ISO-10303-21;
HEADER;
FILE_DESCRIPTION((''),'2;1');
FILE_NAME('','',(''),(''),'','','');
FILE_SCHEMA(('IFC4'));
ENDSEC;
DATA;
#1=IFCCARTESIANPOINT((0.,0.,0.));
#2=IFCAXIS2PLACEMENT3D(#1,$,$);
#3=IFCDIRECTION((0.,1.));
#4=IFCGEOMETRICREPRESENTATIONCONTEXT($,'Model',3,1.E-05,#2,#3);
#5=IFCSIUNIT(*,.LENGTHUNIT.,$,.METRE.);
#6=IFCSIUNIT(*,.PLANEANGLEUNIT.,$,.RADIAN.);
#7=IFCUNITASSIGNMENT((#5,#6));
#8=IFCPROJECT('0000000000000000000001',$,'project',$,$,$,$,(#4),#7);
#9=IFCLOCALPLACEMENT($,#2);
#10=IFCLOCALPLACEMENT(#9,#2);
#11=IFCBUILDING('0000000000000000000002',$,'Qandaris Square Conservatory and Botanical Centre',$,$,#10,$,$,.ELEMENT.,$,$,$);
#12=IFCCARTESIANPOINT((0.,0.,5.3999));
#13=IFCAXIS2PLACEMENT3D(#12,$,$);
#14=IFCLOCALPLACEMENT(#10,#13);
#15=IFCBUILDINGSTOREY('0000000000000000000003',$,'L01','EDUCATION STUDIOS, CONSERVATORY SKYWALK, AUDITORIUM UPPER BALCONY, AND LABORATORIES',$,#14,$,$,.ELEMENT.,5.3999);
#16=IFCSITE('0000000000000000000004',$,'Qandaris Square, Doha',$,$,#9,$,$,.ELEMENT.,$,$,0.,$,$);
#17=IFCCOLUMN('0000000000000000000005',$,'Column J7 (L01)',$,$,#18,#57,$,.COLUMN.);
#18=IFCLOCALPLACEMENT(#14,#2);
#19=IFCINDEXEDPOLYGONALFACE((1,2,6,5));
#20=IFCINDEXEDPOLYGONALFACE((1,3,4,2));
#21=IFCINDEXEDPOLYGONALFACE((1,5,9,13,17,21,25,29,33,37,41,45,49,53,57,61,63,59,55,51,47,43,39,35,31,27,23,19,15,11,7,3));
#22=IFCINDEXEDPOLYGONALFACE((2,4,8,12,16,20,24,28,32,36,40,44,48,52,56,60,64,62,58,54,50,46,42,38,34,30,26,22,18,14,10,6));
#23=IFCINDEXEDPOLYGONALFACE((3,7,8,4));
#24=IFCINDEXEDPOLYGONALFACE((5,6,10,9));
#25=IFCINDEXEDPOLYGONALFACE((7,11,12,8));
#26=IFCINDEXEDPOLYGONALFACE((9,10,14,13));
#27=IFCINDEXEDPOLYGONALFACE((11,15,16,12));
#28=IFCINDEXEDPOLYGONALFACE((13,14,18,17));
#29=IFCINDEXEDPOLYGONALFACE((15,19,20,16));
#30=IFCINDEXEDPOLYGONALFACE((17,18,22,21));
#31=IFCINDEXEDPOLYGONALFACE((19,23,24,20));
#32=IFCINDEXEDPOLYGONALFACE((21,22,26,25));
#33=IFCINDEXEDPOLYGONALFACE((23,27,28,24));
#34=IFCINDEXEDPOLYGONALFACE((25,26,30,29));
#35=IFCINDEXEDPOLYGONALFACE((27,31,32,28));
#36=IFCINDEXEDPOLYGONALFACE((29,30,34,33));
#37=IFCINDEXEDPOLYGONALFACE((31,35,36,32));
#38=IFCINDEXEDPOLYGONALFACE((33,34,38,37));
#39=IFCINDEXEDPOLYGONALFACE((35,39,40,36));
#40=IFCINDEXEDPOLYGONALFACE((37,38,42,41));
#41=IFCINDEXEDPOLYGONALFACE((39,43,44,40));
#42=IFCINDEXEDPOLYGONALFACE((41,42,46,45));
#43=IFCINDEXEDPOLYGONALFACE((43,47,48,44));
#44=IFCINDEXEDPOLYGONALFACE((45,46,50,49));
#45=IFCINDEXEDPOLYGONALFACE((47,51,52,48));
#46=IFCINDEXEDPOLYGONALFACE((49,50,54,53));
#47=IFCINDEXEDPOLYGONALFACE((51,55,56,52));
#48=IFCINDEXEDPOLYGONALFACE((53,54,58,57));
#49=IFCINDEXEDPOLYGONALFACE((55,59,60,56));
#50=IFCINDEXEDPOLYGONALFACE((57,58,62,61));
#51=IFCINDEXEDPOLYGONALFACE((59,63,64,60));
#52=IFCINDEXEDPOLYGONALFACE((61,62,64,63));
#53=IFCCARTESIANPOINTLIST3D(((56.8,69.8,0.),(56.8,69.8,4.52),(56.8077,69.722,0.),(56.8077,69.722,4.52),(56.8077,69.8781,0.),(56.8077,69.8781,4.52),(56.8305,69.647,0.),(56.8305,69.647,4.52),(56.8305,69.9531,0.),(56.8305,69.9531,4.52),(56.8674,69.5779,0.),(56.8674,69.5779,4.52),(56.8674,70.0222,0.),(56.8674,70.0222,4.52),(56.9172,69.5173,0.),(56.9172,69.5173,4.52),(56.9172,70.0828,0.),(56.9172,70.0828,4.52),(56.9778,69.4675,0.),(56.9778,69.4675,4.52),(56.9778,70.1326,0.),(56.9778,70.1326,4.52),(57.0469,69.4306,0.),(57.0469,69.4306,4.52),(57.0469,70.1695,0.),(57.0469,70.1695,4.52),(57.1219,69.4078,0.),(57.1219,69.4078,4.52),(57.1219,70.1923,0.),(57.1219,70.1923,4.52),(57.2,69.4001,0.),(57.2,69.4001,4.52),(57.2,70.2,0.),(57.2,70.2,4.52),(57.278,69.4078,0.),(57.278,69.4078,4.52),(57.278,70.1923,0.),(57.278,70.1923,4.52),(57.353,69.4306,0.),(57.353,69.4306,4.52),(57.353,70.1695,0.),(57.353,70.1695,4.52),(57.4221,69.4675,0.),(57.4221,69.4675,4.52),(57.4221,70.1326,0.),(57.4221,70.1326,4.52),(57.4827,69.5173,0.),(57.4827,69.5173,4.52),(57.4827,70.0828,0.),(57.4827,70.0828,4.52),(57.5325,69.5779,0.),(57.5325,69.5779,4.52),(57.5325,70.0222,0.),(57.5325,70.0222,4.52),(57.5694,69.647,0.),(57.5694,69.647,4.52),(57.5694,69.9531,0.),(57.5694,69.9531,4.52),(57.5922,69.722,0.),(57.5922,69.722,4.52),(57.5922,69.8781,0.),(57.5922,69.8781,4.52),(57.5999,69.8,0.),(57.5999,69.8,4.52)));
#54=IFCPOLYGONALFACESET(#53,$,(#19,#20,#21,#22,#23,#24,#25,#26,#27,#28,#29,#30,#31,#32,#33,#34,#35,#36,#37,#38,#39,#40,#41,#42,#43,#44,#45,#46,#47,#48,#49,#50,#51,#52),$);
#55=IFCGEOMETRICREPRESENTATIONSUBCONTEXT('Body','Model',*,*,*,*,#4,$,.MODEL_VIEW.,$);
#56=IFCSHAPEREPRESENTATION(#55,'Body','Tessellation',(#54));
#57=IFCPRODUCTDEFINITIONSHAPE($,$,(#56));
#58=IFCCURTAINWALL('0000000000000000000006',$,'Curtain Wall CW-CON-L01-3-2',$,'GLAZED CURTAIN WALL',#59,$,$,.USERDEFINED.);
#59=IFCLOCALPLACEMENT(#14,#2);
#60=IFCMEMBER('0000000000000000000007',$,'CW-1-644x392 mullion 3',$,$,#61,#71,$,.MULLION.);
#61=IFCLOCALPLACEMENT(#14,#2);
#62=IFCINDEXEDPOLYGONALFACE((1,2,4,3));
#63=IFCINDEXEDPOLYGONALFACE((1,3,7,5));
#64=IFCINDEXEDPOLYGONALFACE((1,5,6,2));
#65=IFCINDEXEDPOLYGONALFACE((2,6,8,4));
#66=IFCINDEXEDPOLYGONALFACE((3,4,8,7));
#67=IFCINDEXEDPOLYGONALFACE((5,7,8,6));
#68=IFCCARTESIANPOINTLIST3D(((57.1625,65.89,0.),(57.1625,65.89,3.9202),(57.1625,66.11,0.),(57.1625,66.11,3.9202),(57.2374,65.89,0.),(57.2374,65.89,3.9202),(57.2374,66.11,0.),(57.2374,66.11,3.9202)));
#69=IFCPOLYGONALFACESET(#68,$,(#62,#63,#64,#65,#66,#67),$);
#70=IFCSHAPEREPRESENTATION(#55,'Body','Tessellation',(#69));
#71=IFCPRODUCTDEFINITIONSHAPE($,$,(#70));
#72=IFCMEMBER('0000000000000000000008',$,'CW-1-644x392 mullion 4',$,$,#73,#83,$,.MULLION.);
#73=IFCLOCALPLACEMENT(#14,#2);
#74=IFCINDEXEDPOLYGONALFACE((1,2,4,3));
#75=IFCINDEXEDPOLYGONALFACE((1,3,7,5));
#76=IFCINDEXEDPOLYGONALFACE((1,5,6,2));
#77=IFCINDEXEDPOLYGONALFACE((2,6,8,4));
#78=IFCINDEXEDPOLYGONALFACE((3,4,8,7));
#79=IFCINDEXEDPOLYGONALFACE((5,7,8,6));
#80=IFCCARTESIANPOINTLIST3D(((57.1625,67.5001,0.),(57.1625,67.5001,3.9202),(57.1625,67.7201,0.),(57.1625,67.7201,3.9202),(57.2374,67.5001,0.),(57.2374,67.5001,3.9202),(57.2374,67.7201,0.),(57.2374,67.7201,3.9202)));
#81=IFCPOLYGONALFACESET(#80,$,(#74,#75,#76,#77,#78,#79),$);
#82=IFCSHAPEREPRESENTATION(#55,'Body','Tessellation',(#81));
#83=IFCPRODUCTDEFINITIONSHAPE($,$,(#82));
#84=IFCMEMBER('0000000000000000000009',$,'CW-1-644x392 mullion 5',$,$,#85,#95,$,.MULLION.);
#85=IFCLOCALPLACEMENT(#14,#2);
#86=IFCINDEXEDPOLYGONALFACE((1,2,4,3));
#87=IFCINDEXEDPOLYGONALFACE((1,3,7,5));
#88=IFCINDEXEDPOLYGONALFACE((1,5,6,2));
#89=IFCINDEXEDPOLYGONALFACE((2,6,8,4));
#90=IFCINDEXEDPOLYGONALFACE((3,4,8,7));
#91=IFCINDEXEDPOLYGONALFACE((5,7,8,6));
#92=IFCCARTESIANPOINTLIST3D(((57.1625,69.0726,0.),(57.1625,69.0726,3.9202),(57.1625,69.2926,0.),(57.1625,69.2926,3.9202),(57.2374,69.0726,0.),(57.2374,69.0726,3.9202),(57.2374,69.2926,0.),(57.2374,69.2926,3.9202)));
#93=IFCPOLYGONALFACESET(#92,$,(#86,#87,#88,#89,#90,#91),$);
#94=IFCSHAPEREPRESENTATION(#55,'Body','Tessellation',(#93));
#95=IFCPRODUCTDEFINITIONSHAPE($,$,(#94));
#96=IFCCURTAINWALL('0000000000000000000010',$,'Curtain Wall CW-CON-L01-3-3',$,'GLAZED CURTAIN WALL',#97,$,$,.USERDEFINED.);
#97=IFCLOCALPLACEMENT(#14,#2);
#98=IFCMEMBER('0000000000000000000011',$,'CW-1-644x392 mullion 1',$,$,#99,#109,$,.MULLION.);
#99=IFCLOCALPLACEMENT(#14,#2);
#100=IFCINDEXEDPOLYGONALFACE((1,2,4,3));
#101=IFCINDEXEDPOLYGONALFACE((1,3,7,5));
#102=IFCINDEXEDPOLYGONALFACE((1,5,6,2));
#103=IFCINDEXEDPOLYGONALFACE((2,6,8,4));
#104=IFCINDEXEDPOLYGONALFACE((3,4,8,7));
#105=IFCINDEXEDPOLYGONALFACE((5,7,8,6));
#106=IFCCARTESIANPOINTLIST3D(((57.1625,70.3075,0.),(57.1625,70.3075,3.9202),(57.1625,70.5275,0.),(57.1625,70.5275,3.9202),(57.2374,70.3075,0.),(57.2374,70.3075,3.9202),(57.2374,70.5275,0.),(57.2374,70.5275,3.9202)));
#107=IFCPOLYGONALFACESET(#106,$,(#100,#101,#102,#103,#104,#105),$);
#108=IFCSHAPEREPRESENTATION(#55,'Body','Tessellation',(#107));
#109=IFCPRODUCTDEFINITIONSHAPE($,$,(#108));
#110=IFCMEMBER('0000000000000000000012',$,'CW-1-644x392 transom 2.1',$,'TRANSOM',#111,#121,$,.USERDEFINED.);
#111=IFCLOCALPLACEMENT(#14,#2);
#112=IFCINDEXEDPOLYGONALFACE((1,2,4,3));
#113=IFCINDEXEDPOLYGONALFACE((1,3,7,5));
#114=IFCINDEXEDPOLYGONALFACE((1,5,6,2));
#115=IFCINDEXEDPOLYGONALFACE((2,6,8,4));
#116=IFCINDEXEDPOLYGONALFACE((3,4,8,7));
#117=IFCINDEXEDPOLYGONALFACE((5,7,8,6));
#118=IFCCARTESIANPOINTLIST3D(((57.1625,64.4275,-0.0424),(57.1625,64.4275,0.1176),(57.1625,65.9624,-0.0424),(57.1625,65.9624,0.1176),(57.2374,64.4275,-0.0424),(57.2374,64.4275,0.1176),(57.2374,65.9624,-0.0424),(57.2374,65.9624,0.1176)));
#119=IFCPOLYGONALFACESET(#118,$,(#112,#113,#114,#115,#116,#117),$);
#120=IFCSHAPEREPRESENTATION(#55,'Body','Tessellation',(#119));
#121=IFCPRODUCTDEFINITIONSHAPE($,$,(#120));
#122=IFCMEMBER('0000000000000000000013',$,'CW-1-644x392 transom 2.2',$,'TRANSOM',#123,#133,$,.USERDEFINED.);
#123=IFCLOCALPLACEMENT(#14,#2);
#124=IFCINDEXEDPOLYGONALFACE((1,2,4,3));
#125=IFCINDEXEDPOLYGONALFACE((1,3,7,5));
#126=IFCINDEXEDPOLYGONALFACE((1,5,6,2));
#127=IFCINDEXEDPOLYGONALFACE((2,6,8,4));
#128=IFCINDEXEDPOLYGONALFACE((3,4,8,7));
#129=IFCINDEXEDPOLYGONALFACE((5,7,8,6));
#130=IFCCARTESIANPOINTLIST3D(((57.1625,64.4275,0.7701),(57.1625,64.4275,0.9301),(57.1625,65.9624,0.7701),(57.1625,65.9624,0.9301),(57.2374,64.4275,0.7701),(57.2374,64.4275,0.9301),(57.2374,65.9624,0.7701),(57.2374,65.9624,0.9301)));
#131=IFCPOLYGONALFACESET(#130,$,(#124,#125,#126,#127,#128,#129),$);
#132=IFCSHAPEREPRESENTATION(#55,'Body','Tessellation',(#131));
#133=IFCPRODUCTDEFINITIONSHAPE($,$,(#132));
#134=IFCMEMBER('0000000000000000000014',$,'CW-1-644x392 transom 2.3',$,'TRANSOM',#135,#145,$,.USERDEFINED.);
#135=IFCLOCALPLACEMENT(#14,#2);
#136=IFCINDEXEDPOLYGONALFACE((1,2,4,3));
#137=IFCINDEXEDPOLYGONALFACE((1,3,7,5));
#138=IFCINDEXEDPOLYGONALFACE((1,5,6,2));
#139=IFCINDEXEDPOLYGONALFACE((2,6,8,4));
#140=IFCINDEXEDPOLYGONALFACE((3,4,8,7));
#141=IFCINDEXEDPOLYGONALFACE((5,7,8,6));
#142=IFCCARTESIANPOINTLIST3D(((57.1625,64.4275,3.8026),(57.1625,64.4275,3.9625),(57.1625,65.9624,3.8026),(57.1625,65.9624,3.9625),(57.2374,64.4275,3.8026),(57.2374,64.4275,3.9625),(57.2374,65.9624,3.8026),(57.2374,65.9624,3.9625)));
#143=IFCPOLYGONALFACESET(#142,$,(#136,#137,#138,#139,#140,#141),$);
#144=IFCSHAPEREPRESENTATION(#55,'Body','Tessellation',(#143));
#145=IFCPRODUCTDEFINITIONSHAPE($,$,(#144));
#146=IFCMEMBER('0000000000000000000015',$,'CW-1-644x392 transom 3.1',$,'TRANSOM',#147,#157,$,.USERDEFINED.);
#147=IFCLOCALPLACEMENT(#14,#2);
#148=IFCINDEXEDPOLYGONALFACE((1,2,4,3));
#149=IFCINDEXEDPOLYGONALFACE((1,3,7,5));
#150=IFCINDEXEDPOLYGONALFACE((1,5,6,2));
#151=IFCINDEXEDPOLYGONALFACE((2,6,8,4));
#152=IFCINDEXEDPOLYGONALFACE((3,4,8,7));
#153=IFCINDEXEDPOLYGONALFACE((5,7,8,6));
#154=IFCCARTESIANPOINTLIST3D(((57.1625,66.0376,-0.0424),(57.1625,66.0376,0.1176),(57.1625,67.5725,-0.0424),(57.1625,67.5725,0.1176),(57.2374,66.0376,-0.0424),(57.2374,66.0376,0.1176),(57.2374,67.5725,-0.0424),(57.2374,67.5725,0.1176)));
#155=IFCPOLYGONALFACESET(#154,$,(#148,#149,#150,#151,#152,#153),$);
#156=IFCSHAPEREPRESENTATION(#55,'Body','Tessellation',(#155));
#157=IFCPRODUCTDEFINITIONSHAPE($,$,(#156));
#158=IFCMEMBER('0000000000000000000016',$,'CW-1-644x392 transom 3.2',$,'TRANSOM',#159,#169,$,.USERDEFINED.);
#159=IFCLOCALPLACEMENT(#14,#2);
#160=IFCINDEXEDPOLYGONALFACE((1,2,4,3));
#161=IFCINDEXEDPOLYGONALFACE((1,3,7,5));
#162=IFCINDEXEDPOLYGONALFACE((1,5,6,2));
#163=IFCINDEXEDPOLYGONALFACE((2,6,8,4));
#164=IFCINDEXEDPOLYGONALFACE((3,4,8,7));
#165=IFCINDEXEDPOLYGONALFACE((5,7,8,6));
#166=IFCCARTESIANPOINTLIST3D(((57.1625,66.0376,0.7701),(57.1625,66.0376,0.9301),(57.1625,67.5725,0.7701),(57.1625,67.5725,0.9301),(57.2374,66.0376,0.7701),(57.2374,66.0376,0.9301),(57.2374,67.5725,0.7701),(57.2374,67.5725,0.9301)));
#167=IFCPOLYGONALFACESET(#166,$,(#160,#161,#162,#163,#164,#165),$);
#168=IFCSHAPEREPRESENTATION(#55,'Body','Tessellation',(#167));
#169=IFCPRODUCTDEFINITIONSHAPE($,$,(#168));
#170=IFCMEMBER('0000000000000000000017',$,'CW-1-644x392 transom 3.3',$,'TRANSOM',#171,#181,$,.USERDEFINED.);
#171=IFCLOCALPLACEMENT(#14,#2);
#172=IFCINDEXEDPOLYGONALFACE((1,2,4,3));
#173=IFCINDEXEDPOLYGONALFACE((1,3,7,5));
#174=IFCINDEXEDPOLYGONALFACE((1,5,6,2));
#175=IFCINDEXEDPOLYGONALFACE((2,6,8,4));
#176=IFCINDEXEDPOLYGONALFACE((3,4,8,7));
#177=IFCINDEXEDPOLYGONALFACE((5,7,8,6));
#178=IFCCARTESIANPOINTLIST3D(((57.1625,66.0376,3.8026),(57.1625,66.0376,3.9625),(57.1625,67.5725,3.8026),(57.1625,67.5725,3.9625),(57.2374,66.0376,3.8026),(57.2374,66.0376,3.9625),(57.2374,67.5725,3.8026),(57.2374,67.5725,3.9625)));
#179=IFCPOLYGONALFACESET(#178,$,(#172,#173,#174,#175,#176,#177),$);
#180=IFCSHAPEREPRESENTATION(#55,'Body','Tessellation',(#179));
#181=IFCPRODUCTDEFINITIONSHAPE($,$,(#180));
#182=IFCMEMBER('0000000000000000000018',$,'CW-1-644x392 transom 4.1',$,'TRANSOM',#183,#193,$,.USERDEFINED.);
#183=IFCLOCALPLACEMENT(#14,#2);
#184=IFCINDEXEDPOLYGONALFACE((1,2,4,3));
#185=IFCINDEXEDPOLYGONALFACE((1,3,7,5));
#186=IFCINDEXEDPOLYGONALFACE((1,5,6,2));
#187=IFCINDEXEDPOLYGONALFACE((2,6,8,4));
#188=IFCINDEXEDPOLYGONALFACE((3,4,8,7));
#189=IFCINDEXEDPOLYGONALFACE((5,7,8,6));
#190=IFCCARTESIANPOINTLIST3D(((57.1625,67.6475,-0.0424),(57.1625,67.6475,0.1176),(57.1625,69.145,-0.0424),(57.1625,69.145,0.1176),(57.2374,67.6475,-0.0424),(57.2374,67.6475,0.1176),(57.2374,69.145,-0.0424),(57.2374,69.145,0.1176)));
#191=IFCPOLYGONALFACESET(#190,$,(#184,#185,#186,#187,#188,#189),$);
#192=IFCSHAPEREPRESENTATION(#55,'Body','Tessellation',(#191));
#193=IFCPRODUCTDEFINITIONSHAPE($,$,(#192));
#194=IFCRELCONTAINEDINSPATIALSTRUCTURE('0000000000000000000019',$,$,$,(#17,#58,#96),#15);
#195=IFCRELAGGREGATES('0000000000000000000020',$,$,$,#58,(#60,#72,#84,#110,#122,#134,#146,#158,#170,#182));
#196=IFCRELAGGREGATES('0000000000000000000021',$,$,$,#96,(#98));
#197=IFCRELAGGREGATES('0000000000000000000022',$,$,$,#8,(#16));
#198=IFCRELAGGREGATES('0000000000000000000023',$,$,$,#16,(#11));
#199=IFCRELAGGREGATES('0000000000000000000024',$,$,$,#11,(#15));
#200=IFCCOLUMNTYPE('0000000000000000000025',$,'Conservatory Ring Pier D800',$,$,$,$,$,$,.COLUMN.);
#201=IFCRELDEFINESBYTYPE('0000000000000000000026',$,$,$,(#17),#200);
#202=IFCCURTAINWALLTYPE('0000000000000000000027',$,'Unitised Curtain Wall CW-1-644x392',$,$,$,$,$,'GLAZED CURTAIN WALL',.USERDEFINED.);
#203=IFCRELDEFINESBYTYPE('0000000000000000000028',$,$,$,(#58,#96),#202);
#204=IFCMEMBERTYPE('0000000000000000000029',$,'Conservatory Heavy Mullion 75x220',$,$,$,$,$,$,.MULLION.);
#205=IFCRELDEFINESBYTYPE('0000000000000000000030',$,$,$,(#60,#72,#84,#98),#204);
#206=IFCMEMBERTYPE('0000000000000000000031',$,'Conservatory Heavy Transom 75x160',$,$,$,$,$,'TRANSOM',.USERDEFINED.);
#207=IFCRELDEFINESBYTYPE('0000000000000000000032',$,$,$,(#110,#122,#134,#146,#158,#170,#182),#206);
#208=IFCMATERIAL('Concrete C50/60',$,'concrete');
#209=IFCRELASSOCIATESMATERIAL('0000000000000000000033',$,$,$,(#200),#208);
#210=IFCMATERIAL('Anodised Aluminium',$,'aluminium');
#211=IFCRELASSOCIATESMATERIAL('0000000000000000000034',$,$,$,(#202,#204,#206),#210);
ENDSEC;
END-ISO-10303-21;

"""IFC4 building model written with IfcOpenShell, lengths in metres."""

from ifc_helpers import new_model, si_unit, direction, frame, origin, origin_2d, place, context, subcontext, project, spatial, rectangle, circle, extrude, material, material_profile, profile_set, type_object, element, aggregate, save


model = new_model("IFC4")

# Units and contexts
model_context = context("Model", 3, precision=1e-05, world=origin(), true_north=direction((0.0, 1.0)))
body_context = subcontext(model_context, "Body", "Model", "MODEL_VIEW")
ifc_project = project(units=[si_unit("LENGTHUNIT", "METRE"), si_unit("PLANEANGLEUNIT", "RADIAN")], contexts=[model_context])

# Site, building, storey
site_placement = place(None, origin())
site = spatial("IfcSite", under=ifc_project, at=site_placement, Name="Qandaris Square, Doha", CompositionType="ELEMENT", RefElevation=0.0)
building_placement = place(site_placement, origin())
building = spatial("IfcBuilding", under=site, at=building_placement, Name="Qandaris Square Conservatory and Botanical Centre", CompositionType="ELEMENT")
storey_placement = place(building_placement, frame((0.0, 0.0, 5.3999)))
storey = spatial("IfcBuildingStorey", under=building, at=storey_placement, Name="L01", Description="EDUCATION STUDIOS, CONSERVATORY SKYWALK, AUDITORIUM UPPER BALCONY, AND LABORATORIES", CompositionType="ELEMENT", Elevation=5.3999)

# Column
ifc_material_1 = material(Name="Concrete C50/60", Category="concrete")
ifc_material_profile_1 = material_profile(ifc_material_1, circle(Radius=0.3999, at=origin_2d()), Name="RC-COL D800")
ifc_profile_set_1 = profile_set([ifc_material_profile_1], Name="Concrete C50/60")
column_type = type_object("IfcColumnType", Name="Conservatory Ring Pier D800", PredefinedType="COLUMN", material=ifc_profile_set_1)
column_placement = place(storey_placement, frame((57.2, 69.8, 0.0), z_axis=(0.0, 0.0, 1.0), x_axis=(1.0, 0.0, 0.0)))
element("IfcColumn", 1, at=column_placement, inside=storey, type_object=column_type, Name="Column J7 (L01)", PredefinedType="COLUMN", context=body_context, shape_type="SweptSolid", body=[
    extrude(circle(Radius=0.3999, at=origin_2d()), origin(), (0.0, 0.0, 1.0), 4.52),
])

# Curtain wall, members
ifc_material_2 = material(Name="Anodised Aluminium", Category="aluminium")
curtain_wall_type = type_object("IfcCurtainWallType", Name="Unitised Curtain Wall CW-1-644x392", ElementType="GLAZED CURTAIN WALL", PredefinedType="USERDEFINED", material=ifc_material_2)
curtain_wall_1_placement = place(storey_placement, origin())
curtain_wall_1 = element("IfcCurtainWall", 2, at=curtain_wall_1_placement, inside=storey, type_object=curtain_wall_type, Name="Curtain Wall CW-CON-L01-3-2", ObjectType="GLAZED CURTAIN WALL", PredefinedType="USERDEFINED")
ifc_material_profile_2 = material_profile(ifc_material_2, rectangle(XDim=0.075, YDim=0.22, at=origin_2d()), Name="ALU-MUL 75x220")
ifc_profile_set_2 = profile_set([ifc_material_profile_2], Name="Anodised Aluminium")
member_type_1 = type_object("IfcMemberType", Name="Conservatory Heavy Mullion 75x220", PredefinedType="MULLION", material=ifc_profile_set_2)
member_1_placement = place(storey_placement, frame((57.2, 66.0, 0.0), z_axis=(0.0, 0.0, 1.0), x_axis=(-1.0, 0.0, 0.0)))
member_1 = element("IfcMember", 3, at=member_1_placement, type_object=member_type_1, Name="CW-1-644x392 mullion 3", PredefinedType="MULLION", context=body_context, shape_type="SweptSolid", body=[
    extrude(rectangle(XDim=0.075, YDim=0.22, at=origin_2d()), origin(), (0.0, 0.0, 1.0), 3.9202),
])
member_2_placement = place(storey_placement, frame((57.2, 67.6101, 0.0), z_axis=(0.0, 0.0, 1.0), x_axis=(-1.0, 0.0, 0.0)))
member_2 = element("IfcMember", 4, at=member_2_placement, type_object=member_type_1, Name="CW-1-644x392 mullion 4", PredefinedType="MULLION", context=body_context, shape_type="SweptSolid", body=[
    extrude(rectangle(XDim=0.075, YDim=0.22, at=origin_2d()), origin(), (0.0, 0.0, 1.0), 3.9202),
])
member_3_placement = place(storey_placement, frame((57.2, 69.1826, 0.0), z_axis=(0.0, 0.0, 1.0), x_axis=(-1.0, 0.0, 0.0)))
member_3 = element("IfcMember", 5, at=member_3_placement, type_object=member_type_1, Name="CW-1-644x392 mullion 5", PredefinedType="MULLION", context=body_context, shape_type="SweptSolid", body=[
    extrude(rectangle(XDim=0.075, YDim=0.22, at=origin_2d()), origin(), (0.0, 0.0, 1.0), 3.9202),
])

# Curtain wall, member
curtain_wall_2_placement = place(storey_placement, origin())
curtain_wall_2 = element("IfcCurtainWall", 6, at=curtain_wall_2_placement, inside=storey, type_object=curtain_wall_type, Name="Curtain Wall CW-CON-L01-3-3", ObjectType="GLAZED CURTAIN WALL", PredefinedType="USERDEFINED")
member_4_placement = place(storey_placement, frame((57.2, 70.4175, 0.0), z_axis=(0.0, 0.0, 1.0), x_axis=(-1.0, 0.0, 0.0)))
member_4 = element("IfcMember", 7, at=member_4_placement, type_object=member_type_1, Name="CW-1-644x392 mullion 1", PredefinedType="MULLION", context=body_context, shape_type="SweptSolid", body=[
    extrude(rectangle(XDim=0.075, YDim=0.22, at=origin_2d()), origin(), (0.0, 0.0, 1.0), 3.9202),
])

# Members
ifc_material_profile_3 = material_profile(ifc_material_2, rectangle(XDim=0.075, YDim=0.1599, at=origin_2d()), Name="ALU-TRN 75x160")
ifc_profile_set_3 = profile_set([ifc_material_profile_3], Name="Anodised Aluminium")
member_type_2 = type_object("IfcMemberType", Name="Conservatory Heavy Transom 75x160", ElementType="TRANSOM", PredefinedType="USERDEFINED", material=ifc_profile_set_3)
member_5_placement = place(storey_placement, frame((57.2, 64.4275, 0.0376), z_axis=(0.0, 1.0, 0.0), x_axis=(-1.0, 0.0, 0.0)))
member_5 = element("IfcMember", 8, at=member_5_placement, type_object=member_type_2, Name="CW-1-644x392 transom 2.1", ObjectType="TRANSOM", PredefinedType="USERDEFINED", context=body_context, shape_type="SweptSolid", body=[
    extrude(rectangle(XDim=0.075, YDim=0.1599, at=origin_2d()), origin(), (0.0, 0.0, 1.0), 1.5349),
])
member_6_placement = place(storey_placement, frame((57.2, 64.4275, 0.8501), z_axis=(0.0, 1.0, 0.0), x_axis=(-1.0, 0.0, 0.0)))
member_6 = element("IfcMember", 9, at=member_6_placement, type_object=member_type_2, Name="CW-1-644x392 transom 2.2", ObjectType="TRANSOM", PredefinedType="USERDEFINED", context=body_context, shape_type="SweptSolid", body=[
    extrude(rectangle(XDim=0.075, YDim=0.1599, at=origin_2d()), origin(), (0.0, 0.0, 1.0), 1.5349),
])
member_7_placement = place(storey_placement, frame((57.2, 64.4275, 3.8826), z_axis=(0.0, 1.0, 0.0), x_axis=(-1.0, 0.0, 0.0)))
member_7 = element("IfcMember", 10, at=member_7_placement, type_object=member_type_2, Name="CW-1-644x392 transom 2.3", ObjectType="TRANSOM", PredefinedType="USERDEFINED", context=body_context, shape_type="SweptSolid", body=[
    extrude(rectangle(XDim=0.075, YDim=0.1599, at=origin_2d()), origin(), (0.0, 0.0, 1.0), 1.5349),
])
member_8_placement = place(storey_placement, frame((57.2, 66.0376, 0.0376), z_axis=(0.0, 1.0, 0.0), x_axis=(-1.0, 0.0, 0.0)))
member_8 = element("IfcMember", 11, at=member_8_placement, type_object=member_type_2, Name="CW-1-644x392 transom 3.1", ObjectType="TRANSOM", PredefinedType="USERDEFINED", context=body_context, shape_type="SweptSolid", body=[
    extrude(rectangle(XDim=0.075, YDim=0.1599, at=origin_2d()), origin(), (0.0, 0.0, 1.0), 1.5349),
])
member_9_placement = place(storey_placement, frame((57.2, 66.0376, 0.8501), z_axis=(0.0, 1.0, 0.0), x_axis=(-1.0, 0.0, 0.0)))
member_9 = element("IfcMember", 12, at=member_9_placement, type_object=member_type_2, Name="CW-1-644x392 transom 3.2", ObjectType="TRANSOM", PredefinedType="USERDEFINED", context=body_context, shape_type="SweptSolid", body=[
    extrude(rectangle(XDim=0.075, YDim=0.1599, at=origin_2d()), origin(), (0.0, 0.0, 1.0), 1.5349),
])
member_10_placement = place(storey_placement, frame((57.2, 66.0376, 3.8826), z_axis=(0.0, 1.0, 0.0), x_axis=(-1.0, 0.0, 0.0)))
member_10 = element("IfcMember", 13, at=member_10_placement, type_object=member_type_2, Name="CW-1-644x392 transom 3.3", ObjectType="TRANSOM", PredefinedType="USERDEFINED", context=body_context, shape_type="SweptSolid", body=[
    extrude(rectangle(XDim=0.075, YDim=0.1599, at=origin_2d()), origin(), (0.0, 0.0, 1.0), 1.5349),
])
member_11_placement = place(storey_placement, frame((57.2, 67.6475, 0.0376), z_axis=(0.0, 1.0, 0.0), x_axis=(-1.0, 0.0, 0.0)))
member_11 = element("IfcMember", 14, at=member_11_placement, type_object=member_type_2, Name="CW-1-644x392 transom 4.1", ObjectType="TRANSOM", PredefinedType="USERDEFINED", context=body_context, shape_type="SweptSolid", body=[
    extrude(rectangle(XDim=0.075, YDim=0.1599, at=origin_2d()), origin(), (0.0, 0.0, 1.0), 1.4976),
])

aggregate(curtain_wall_1, [member_1, member_2, member_3, member_5, member_6, member_7, member_8, member_9, member_10, member_11])
aggregate(curtain_wall_2, [member_4])

save(model, "model.ifc")
